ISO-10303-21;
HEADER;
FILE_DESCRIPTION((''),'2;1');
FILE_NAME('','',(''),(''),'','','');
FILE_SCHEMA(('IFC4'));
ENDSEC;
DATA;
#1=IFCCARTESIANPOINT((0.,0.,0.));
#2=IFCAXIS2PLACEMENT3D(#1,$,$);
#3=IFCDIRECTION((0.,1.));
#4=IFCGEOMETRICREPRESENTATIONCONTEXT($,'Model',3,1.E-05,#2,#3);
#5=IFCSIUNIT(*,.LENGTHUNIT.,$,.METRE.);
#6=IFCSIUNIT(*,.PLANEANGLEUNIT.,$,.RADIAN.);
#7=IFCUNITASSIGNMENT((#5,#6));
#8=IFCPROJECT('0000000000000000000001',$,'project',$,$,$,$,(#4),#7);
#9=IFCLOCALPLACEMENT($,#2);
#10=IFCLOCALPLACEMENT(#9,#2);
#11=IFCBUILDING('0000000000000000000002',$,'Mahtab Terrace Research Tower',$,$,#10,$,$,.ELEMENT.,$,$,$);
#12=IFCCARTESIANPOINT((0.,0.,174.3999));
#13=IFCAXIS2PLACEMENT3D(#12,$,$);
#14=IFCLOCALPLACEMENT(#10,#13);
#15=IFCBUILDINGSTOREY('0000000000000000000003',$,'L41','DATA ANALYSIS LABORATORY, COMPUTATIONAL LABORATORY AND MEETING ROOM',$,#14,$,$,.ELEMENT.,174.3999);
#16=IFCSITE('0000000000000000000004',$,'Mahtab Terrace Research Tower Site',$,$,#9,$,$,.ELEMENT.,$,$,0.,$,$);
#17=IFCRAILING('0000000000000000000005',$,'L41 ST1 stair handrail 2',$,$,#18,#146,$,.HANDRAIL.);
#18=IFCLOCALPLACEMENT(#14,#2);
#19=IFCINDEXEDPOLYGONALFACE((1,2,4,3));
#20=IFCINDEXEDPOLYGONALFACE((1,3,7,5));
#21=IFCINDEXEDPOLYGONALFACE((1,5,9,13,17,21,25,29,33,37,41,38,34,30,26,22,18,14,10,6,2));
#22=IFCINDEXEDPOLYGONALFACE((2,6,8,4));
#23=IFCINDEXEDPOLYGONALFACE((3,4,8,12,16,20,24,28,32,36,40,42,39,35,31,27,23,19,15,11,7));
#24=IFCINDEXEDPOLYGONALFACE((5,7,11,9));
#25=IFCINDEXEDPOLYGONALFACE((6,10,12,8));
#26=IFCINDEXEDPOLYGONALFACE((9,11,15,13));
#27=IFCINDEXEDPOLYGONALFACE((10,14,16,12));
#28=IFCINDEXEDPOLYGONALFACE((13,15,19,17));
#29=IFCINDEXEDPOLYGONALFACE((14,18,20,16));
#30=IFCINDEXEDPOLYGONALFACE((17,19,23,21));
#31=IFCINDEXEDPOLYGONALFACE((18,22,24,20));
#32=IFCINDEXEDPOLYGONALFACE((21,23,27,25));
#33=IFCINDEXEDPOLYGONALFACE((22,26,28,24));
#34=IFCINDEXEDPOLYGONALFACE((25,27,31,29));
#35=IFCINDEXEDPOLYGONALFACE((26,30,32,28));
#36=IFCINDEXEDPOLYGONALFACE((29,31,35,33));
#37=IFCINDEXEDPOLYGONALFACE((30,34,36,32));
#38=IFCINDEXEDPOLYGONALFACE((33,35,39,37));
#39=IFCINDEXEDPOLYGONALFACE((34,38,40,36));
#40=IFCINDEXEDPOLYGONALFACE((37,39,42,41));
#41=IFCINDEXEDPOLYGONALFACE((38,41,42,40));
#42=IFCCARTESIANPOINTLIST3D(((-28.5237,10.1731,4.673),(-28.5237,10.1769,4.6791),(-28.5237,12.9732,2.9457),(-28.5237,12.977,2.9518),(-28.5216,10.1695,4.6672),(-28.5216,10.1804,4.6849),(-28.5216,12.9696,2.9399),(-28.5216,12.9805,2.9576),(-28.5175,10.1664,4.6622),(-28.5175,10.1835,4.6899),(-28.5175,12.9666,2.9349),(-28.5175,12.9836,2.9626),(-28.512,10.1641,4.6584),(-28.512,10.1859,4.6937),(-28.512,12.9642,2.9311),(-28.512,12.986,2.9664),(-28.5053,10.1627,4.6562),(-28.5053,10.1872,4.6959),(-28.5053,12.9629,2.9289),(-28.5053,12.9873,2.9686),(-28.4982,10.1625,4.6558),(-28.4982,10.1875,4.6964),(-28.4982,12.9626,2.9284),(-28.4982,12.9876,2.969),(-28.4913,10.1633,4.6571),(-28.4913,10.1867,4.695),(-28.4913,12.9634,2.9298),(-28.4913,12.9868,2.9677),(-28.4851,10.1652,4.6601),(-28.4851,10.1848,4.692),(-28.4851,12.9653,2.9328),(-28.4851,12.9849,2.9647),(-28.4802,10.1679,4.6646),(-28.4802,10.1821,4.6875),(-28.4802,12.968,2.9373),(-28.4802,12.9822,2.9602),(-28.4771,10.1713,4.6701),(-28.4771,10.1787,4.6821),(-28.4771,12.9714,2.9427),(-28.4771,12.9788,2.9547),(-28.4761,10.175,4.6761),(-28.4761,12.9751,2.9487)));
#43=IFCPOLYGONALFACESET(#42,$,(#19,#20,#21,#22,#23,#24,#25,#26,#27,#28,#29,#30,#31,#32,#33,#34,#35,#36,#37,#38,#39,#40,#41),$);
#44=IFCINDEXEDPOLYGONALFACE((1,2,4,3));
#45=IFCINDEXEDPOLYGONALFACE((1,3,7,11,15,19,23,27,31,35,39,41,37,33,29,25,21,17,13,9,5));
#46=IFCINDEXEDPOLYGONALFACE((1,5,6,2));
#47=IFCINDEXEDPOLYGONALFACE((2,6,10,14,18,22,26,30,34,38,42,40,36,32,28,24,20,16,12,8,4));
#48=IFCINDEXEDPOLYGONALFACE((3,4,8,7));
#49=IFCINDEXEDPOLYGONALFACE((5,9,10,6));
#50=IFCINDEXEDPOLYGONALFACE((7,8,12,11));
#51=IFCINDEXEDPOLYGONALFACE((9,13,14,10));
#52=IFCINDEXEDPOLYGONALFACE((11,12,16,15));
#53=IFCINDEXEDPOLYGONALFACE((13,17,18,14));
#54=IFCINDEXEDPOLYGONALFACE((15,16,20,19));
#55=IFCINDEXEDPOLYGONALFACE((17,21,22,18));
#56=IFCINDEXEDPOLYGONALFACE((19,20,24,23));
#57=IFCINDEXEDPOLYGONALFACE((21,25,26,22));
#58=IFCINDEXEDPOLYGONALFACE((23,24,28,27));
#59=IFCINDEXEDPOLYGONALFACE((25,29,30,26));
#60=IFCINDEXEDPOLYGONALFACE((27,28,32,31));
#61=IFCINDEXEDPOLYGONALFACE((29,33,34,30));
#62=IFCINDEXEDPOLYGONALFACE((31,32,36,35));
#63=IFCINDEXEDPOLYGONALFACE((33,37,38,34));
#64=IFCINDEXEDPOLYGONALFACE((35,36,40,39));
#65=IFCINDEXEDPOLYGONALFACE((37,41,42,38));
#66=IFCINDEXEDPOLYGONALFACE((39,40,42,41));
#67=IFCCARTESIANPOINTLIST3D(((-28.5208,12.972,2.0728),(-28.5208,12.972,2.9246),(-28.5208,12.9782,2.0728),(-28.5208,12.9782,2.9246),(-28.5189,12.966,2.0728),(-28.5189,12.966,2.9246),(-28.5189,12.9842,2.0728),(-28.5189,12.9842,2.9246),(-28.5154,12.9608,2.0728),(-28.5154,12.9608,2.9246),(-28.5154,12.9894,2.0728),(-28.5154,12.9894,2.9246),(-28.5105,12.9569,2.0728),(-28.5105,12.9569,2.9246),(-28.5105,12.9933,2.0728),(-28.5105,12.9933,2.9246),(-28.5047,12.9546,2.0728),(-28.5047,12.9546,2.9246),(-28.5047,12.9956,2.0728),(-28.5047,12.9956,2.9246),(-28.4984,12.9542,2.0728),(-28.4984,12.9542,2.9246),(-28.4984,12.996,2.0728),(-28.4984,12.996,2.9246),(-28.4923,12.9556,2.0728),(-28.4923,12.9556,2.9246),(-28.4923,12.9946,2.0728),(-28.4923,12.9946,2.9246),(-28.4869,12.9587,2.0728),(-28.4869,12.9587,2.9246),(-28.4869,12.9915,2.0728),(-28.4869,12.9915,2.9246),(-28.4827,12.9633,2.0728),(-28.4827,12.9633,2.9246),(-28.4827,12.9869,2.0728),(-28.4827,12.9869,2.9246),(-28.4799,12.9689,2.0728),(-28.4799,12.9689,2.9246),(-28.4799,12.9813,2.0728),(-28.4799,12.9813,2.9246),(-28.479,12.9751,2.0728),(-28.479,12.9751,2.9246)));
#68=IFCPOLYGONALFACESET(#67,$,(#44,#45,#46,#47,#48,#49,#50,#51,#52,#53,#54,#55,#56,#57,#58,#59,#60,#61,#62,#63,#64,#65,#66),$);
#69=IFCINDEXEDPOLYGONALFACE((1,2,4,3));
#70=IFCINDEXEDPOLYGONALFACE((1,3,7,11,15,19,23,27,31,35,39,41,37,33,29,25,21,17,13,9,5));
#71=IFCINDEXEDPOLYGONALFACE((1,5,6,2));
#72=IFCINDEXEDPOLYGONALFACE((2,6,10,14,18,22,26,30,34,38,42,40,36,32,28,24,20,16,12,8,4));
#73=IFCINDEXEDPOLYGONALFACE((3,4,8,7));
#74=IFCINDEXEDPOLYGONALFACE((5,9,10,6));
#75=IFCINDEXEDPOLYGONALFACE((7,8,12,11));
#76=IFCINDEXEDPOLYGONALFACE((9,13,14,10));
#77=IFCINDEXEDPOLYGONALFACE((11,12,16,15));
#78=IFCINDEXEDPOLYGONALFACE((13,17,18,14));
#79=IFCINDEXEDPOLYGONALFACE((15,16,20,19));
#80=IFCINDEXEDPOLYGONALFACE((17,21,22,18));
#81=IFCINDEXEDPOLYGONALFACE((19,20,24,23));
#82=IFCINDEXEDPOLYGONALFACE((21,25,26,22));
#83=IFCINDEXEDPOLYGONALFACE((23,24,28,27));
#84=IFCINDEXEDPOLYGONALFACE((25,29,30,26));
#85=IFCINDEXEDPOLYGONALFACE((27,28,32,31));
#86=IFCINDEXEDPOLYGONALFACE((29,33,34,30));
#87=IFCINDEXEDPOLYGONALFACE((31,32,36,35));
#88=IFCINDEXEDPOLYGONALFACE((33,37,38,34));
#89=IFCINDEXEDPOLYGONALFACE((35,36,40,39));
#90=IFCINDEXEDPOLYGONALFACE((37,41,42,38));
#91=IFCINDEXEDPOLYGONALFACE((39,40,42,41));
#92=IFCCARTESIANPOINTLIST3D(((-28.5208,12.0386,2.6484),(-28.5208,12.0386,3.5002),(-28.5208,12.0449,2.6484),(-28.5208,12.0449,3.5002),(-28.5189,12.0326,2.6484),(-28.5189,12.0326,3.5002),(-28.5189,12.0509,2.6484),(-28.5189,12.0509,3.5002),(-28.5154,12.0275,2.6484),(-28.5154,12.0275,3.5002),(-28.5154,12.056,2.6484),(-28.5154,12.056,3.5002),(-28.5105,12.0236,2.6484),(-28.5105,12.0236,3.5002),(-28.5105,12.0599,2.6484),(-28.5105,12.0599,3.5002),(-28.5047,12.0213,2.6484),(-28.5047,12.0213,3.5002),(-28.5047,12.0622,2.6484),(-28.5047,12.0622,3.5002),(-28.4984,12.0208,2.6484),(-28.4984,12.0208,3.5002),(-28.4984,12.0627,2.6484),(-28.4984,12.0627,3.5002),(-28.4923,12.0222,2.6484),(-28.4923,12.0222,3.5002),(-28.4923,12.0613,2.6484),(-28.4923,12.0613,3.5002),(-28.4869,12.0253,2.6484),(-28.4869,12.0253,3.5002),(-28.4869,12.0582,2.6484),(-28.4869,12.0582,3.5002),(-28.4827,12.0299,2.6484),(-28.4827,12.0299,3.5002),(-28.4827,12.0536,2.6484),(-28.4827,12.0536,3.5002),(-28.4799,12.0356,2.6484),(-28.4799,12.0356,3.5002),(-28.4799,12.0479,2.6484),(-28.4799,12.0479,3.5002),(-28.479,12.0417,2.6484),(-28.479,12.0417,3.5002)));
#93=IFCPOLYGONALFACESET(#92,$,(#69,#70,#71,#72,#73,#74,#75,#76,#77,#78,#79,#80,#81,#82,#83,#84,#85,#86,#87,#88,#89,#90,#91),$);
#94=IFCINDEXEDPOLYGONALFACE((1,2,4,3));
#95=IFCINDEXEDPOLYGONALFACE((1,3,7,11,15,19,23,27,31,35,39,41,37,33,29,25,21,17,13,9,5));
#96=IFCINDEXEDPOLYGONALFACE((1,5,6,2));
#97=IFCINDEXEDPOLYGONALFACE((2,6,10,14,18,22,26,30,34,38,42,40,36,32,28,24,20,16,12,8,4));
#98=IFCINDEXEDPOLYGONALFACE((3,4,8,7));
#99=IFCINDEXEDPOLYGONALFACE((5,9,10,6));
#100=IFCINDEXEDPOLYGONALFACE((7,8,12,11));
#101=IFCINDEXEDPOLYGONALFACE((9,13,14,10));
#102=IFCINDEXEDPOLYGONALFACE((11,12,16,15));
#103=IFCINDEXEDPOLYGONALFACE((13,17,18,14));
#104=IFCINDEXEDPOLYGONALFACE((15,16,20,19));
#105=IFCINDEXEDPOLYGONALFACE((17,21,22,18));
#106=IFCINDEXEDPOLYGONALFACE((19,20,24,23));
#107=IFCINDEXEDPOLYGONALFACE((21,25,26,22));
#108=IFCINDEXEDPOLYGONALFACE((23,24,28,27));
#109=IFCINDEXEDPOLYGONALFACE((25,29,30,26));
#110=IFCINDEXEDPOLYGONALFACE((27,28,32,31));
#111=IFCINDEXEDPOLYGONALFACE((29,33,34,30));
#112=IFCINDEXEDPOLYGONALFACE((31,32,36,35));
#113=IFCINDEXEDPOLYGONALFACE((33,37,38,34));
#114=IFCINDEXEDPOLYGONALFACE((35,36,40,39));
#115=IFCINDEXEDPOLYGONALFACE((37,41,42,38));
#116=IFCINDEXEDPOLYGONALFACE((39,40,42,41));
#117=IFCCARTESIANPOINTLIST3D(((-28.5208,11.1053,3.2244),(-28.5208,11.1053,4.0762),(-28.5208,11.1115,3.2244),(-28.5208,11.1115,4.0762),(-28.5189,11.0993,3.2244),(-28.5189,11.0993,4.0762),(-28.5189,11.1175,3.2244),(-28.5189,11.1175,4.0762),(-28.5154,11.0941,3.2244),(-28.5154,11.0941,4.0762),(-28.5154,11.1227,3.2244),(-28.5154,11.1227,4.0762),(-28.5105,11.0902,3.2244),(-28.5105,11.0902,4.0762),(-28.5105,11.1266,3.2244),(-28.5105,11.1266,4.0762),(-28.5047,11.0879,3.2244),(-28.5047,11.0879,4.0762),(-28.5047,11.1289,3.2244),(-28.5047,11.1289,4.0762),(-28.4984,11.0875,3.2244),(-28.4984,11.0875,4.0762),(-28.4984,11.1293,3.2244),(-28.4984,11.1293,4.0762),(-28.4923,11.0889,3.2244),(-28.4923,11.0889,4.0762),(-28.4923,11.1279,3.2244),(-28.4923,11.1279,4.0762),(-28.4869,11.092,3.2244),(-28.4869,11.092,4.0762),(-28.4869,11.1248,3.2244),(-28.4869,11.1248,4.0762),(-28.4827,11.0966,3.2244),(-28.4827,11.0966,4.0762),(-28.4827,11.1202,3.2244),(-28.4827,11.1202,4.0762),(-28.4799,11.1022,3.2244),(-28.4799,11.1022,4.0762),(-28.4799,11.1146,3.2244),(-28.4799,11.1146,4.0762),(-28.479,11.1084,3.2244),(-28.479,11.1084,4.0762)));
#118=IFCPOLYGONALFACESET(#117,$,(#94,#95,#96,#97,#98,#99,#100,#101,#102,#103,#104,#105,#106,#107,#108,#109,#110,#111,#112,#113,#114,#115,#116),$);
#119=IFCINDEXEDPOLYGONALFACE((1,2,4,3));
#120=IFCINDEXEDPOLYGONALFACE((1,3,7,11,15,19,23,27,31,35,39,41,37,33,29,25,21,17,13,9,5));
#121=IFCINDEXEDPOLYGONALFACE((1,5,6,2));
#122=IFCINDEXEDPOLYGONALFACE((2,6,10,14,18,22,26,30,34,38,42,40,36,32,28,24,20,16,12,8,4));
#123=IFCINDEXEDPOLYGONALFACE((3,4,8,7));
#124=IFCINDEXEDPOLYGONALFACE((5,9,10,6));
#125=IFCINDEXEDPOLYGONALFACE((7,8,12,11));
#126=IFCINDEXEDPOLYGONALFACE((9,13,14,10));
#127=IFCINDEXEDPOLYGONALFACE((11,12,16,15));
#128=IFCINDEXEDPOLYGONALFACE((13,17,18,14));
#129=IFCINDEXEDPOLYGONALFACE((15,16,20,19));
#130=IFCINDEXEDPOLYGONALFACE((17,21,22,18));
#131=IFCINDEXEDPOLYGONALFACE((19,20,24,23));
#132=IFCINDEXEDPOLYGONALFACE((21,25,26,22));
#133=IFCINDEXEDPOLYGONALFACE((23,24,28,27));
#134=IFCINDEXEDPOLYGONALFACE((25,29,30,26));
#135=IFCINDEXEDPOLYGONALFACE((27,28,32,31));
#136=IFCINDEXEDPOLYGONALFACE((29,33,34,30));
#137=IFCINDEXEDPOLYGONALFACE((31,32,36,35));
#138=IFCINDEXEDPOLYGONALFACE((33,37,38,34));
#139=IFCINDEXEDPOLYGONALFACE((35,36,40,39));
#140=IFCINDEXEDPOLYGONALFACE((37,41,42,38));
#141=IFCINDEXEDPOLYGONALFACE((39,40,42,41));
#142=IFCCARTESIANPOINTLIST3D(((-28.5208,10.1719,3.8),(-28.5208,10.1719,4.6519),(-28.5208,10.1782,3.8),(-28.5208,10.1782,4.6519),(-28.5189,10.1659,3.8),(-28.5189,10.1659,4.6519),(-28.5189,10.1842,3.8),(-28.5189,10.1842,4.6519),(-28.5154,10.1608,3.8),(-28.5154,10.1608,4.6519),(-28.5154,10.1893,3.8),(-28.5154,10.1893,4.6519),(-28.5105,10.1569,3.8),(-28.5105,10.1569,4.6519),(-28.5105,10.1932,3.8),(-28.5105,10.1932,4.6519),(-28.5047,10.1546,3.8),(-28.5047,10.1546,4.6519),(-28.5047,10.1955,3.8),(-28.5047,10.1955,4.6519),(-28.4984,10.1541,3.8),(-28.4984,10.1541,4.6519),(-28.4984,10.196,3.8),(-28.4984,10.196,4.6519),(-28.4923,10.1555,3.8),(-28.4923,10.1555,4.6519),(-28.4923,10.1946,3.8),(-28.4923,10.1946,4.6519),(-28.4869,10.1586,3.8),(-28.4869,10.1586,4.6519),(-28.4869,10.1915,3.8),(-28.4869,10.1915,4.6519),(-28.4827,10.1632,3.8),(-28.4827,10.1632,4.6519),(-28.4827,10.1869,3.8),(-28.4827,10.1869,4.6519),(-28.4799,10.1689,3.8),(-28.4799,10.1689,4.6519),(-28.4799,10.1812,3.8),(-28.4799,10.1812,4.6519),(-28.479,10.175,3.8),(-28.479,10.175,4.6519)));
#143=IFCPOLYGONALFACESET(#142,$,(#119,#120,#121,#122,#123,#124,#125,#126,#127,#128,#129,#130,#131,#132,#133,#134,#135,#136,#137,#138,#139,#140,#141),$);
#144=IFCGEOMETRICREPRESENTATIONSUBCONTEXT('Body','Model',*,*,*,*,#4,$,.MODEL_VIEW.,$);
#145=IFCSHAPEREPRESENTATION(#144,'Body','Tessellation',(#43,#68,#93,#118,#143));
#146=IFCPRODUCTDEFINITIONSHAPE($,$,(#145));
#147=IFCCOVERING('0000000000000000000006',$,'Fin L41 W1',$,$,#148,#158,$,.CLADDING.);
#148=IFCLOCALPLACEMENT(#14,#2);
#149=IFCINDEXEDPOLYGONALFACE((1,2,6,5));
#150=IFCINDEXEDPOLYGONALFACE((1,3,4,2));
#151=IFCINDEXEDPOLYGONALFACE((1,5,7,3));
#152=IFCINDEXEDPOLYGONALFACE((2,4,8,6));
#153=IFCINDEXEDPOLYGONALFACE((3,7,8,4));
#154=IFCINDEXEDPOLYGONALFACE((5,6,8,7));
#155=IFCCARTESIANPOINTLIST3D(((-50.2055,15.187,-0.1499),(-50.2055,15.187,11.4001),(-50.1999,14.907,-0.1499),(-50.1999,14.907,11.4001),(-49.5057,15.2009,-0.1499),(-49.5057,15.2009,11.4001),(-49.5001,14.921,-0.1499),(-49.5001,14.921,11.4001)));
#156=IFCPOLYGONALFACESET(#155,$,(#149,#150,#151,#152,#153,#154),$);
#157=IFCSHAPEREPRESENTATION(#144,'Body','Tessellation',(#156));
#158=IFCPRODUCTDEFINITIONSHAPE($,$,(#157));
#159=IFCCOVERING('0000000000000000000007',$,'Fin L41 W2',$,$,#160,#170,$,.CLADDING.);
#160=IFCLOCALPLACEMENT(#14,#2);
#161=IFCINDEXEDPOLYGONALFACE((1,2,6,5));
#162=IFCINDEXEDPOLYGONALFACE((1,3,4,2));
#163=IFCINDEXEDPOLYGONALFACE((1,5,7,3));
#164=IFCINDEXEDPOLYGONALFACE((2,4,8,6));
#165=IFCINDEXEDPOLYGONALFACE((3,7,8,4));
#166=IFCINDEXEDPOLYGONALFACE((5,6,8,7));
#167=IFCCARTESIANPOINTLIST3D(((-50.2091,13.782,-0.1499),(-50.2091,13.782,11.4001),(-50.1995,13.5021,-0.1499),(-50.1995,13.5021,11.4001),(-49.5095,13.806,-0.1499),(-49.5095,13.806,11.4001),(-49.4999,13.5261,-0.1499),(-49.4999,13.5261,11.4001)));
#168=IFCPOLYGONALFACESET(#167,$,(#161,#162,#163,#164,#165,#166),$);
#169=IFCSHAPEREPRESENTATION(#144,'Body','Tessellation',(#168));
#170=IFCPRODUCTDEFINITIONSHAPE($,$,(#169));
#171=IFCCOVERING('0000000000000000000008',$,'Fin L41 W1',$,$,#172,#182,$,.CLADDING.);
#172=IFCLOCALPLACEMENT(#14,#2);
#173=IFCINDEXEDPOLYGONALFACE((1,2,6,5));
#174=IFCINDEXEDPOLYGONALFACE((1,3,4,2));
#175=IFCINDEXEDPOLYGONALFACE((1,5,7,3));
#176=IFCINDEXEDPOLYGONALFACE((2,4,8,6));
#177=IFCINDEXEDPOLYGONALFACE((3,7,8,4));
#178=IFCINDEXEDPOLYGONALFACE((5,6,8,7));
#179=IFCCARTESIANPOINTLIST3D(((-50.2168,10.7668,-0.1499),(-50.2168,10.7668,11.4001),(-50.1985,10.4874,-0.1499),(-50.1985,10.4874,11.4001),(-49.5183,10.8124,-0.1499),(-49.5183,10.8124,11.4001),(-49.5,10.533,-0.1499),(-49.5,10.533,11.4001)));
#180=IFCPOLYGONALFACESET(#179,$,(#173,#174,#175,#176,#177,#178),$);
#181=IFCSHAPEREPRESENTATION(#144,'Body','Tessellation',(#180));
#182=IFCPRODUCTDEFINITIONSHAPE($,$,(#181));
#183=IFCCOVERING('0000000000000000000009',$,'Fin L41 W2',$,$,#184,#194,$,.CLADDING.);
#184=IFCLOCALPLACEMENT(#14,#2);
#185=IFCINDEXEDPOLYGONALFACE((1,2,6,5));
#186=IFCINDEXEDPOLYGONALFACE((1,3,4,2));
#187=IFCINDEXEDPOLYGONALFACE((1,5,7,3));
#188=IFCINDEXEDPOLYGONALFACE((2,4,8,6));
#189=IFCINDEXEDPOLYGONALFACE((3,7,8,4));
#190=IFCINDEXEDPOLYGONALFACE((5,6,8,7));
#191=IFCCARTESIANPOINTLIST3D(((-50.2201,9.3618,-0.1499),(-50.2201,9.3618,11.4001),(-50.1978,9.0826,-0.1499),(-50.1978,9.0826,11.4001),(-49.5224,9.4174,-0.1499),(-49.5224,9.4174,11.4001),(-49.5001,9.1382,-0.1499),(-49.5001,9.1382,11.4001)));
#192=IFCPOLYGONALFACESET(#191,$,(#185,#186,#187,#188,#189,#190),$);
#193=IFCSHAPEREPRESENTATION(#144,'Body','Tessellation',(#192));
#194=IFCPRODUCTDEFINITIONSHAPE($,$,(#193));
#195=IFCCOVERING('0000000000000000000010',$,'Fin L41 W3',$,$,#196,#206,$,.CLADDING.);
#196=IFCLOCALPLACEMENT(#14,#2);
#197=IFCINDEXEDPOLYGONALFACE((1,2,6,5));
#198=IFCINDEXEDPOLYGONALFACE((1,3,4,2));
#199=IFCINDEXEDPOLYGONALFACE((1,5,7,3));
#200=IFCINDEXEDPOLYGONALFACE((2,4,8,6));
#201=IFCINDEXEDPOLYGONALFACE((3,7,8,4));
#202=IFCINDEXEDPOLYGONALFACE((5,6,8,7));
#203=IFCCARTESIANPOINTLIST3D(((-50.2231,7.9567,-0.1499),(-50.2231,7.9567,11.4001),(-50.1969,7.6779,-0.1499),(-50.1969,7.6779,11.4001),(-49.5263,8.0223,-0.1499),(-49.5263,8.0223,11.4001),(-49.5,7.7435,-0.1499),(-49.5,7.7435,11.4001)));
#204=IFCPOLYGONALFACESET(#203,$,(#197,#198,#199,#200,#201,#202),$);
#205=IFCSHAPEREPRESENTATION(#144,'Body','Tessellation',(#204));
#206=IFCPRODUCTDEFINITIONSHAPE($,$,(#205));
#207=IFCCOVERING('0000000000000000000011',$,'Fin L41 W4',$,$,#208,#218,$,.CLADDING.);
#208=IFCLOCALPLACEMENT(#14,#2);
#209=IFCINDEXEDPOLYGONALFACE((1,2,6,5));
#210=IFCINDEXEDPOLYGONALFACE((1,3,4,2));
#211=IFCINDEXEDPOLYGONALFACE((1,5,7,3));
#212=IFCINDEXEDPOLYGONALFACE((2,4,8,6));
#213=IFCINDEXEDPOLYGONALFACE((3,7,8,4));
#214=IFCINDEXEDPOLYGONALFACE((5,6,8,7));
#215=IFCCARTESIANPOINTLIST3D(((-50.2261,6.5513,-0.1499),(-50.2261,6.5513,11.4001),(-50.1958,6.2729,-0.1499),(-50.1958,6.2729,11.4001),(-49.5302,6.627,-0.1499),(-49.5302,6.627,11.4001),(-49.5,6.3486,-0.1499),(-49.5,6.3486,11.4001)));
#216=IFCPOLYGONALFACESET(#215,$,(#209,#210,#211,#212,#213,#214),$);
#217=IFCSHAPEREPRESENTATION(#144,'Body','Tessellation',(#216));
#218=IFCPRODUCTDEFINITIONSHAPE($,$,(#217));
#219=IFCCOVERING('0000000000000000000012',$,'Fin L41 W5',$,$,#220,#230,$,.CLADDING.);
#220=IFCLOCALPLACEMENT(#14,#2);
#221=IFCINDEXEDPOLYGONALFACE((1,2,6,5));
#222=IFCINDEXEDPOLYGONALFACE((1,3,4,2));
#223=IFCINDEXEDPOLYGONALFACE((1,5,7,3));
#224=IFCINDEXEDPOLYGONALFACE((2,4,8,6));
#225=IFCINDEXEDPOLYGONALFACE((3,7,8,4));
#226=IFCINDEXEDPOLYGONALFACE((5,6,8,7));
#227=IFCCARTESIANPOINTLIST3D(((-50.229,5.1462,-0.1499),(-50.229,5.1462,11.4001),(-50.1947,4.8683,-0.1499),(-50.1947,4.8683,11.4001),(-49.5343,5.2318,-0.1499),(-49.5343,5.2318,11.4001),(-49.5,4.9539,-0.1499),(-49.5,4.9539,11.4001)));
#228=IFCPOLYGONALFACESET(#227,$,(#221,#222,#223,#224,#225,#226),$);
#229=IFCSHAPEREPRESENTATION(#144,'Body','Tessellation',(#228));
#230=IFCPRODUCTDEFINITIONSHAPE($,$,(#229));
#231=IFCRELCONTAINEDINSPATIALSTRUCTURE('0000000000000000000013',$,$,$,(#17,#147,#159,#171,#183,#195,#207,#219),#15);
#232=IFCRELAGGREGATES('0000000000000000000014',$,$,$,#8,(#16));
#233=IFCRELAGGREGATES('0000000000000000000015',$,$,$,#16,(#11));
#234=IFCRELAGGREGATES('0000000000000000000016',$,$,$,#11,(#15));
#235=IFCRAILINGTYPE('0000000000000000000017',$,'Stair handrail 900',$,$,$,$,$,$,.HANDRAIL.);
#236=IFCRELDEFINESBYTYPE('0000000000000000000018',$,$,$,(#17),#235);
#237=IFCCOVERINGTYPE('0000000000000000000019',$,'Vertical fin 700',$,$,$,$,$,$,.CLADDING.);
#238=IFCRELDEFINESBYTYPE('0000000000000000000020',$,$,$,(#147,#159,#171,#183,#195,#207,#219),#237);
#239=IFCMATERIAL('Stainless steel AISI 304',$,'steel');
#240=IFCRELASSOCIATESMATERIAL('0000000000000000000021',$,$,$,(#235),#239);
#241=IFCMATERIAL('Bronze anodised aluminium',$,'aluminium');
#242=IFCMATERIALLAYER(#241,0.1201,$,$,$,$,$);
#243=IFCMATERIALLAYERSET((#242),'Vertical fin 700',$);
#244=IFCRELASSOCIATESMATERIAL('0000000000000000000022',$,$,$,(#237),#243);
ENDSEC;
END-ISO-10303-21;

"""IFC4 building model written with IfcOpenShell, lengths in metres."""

from ifc_helpers import new_model, si_unit, direction, frame, origin, origin_2d, place, context, subcontext, project, spatial, rectangle, circle, extrude, material, layer, layer_set, type_object, element, save


model = new_model("IFC4")

# Units and contexts
model_context = context("Model", 3, precision=1e-05, world=origin(), true_north=direction((0.0, 1.0)))
body_context = subcontext(model_context, "Body", "Model", "MODEL_VIEW")
ifc_project = project(units=[si_unit("LENGTHUNIT", "METRE"), si_unit("PLANEANGLEUNIT", "RADIAN")], contexts=[model_context])

# Site, building, storey
site_placement = place(None, origin())
site = spatial("IfcSite", under=ifc_project, at=site_placement, Name="Mahtab Terrace Research Tower Site", CompositionType="ELEMENT", RefElevation=0.0)
building_placement = place(site_placement, origin())
building = spatial("IfcBuilding", under=site, at=building_placement, Name="Mahtab Terrace Research Tower", CompositionType="ELEMENT")
storey_placement = place(building_placement, frame((0.0, 0.0, 174.3999)))
storey = spatial("IfcBuildingStorey", under=building, at=storey_placement, Name="L41", Description="DATA ANALYSIS LABORATORY, COMPUTATIONAL LABORATORY AND MEETING ROOM", CompositionType="ELEMENT", Elevation=174.3999)

# Railing
ifc_material_1 = material(Name="Stainless steel AISI 304", Category="steel")
railing_type_1 = type_object("IfcRailingType", Name="Stair handrail 900", PredefinedType="HANDRAIL", material=ifc_material_1)
railing_1_placement = place(storey_placement, frame((-28.5, 12.9751, 2.0728)))
element("IfcRailing", 1, at=railing_1_placement, inside=storey, type_object=railing_type_1, Name="L41 ST1 stair handrail 2", PredefinedType="HANDRAIL", context=body_context, shape_type="SweptSolid", body=[
    extrude(circle(Radius=0.0239, at=origin_2d()), frame((0.0, 0.0, 0.876), z_axis=(0.0, -0.85109, 0.52502), x_axis=(1.0, 0.0, 0.0)), (0.0, 0.0, 1.0), 3.29),
    extrude(circle(Radius=0.021, at=origin_2d()), origin(), (0.0, 0.0, 1.0), 0.8518),
    extrude(circle(Radius=0.021, at=origin_2d()), frame((0.0, -0.9333, 0.5757)), (0.0, 0.0, 1.0), 0.8518),
    extrude(circle(Radius=0.021, at=origin_2d()), frame((0.0, -1.8667, 1.1516)), (0.0, 0.0, 1.0), 0.8518),
    extrude(circle(Radius=0.021, at=origin_2d()), frame((0.0, -2.8, 1.7273)), (0.0, 0.0, 1.0), 0.8518),
])

# Coverings
ifc_material_2 = material(Name="Bronze anodised aluminium", Category="aluminium")
ifc_layer_1 = layer(ifc_material_2, 0.1201)
ifc_layer_set_1 = layer_set([ifc_layer_1], Name="Vertical fin 700")
covering_type = type_object("IfcCoveringType", Name="Vertical fin 700", PredefinedType="CLADDING", material=ifc_layer_set_1)
for number, where, z_axis, x_axis, name in (
    (2, (-49.8528, 15.054, -0.1499), (0.0, 0.0, 1.0), (0.019978, -0.9998, 0.0), "Fin L41 W1"),
    (3, (-49.8545, 13.6541, -0.1499), (0.0, 0.0, 1.0), (0.034345, -0.99941, 0.0), "Fin L41 W2"),
    (4, (-49.8584, 10.6499, -0.1499), (0.0, 0.0, 1.0), (0.065147, -0.997876, 0.0), "Fin L41 W1"),
    (5, (-49.8601, 9.25, -0.1499), (0.0, 0.0, 1.0), (0.079483, -0.996836, 0.0), "Fin L41 W2"),
    (6, (-49.8616, 7.8501, -0.1499), (0.0, 0.0, 1.0), (0.093802, -0.995591, 0.0), "Fin L41 W3"),
    (7, (-49.863, 6.45, -0.1499), (0.0, 0.0, 1.0), (0.108101, -0.99414, 0.0), "Fin L41 W4"),
    (8, (-49.8645, 5.05, -0.1499), (0.0, 0.0, 1.0), (0.122379, -0.992483, 0.0), "Fin L41 W5"),
):
    element("IfcCovering", number, at=place(storey_placement, frame(where, z_axis=z_axis, x_axis=x_axis)), inside=storey, type_object=covering_type, Name=name, PredefinedType="CLADDING", context=body_context, shape_type="SweptSolid", body=[
        extrude(rectangle(XDim=0.28, YDim=0.7, at=origin_2d()), origin(), (0.0, 0.0, 1.0), 11.55),
    ])

save(model, "model.ifc")
